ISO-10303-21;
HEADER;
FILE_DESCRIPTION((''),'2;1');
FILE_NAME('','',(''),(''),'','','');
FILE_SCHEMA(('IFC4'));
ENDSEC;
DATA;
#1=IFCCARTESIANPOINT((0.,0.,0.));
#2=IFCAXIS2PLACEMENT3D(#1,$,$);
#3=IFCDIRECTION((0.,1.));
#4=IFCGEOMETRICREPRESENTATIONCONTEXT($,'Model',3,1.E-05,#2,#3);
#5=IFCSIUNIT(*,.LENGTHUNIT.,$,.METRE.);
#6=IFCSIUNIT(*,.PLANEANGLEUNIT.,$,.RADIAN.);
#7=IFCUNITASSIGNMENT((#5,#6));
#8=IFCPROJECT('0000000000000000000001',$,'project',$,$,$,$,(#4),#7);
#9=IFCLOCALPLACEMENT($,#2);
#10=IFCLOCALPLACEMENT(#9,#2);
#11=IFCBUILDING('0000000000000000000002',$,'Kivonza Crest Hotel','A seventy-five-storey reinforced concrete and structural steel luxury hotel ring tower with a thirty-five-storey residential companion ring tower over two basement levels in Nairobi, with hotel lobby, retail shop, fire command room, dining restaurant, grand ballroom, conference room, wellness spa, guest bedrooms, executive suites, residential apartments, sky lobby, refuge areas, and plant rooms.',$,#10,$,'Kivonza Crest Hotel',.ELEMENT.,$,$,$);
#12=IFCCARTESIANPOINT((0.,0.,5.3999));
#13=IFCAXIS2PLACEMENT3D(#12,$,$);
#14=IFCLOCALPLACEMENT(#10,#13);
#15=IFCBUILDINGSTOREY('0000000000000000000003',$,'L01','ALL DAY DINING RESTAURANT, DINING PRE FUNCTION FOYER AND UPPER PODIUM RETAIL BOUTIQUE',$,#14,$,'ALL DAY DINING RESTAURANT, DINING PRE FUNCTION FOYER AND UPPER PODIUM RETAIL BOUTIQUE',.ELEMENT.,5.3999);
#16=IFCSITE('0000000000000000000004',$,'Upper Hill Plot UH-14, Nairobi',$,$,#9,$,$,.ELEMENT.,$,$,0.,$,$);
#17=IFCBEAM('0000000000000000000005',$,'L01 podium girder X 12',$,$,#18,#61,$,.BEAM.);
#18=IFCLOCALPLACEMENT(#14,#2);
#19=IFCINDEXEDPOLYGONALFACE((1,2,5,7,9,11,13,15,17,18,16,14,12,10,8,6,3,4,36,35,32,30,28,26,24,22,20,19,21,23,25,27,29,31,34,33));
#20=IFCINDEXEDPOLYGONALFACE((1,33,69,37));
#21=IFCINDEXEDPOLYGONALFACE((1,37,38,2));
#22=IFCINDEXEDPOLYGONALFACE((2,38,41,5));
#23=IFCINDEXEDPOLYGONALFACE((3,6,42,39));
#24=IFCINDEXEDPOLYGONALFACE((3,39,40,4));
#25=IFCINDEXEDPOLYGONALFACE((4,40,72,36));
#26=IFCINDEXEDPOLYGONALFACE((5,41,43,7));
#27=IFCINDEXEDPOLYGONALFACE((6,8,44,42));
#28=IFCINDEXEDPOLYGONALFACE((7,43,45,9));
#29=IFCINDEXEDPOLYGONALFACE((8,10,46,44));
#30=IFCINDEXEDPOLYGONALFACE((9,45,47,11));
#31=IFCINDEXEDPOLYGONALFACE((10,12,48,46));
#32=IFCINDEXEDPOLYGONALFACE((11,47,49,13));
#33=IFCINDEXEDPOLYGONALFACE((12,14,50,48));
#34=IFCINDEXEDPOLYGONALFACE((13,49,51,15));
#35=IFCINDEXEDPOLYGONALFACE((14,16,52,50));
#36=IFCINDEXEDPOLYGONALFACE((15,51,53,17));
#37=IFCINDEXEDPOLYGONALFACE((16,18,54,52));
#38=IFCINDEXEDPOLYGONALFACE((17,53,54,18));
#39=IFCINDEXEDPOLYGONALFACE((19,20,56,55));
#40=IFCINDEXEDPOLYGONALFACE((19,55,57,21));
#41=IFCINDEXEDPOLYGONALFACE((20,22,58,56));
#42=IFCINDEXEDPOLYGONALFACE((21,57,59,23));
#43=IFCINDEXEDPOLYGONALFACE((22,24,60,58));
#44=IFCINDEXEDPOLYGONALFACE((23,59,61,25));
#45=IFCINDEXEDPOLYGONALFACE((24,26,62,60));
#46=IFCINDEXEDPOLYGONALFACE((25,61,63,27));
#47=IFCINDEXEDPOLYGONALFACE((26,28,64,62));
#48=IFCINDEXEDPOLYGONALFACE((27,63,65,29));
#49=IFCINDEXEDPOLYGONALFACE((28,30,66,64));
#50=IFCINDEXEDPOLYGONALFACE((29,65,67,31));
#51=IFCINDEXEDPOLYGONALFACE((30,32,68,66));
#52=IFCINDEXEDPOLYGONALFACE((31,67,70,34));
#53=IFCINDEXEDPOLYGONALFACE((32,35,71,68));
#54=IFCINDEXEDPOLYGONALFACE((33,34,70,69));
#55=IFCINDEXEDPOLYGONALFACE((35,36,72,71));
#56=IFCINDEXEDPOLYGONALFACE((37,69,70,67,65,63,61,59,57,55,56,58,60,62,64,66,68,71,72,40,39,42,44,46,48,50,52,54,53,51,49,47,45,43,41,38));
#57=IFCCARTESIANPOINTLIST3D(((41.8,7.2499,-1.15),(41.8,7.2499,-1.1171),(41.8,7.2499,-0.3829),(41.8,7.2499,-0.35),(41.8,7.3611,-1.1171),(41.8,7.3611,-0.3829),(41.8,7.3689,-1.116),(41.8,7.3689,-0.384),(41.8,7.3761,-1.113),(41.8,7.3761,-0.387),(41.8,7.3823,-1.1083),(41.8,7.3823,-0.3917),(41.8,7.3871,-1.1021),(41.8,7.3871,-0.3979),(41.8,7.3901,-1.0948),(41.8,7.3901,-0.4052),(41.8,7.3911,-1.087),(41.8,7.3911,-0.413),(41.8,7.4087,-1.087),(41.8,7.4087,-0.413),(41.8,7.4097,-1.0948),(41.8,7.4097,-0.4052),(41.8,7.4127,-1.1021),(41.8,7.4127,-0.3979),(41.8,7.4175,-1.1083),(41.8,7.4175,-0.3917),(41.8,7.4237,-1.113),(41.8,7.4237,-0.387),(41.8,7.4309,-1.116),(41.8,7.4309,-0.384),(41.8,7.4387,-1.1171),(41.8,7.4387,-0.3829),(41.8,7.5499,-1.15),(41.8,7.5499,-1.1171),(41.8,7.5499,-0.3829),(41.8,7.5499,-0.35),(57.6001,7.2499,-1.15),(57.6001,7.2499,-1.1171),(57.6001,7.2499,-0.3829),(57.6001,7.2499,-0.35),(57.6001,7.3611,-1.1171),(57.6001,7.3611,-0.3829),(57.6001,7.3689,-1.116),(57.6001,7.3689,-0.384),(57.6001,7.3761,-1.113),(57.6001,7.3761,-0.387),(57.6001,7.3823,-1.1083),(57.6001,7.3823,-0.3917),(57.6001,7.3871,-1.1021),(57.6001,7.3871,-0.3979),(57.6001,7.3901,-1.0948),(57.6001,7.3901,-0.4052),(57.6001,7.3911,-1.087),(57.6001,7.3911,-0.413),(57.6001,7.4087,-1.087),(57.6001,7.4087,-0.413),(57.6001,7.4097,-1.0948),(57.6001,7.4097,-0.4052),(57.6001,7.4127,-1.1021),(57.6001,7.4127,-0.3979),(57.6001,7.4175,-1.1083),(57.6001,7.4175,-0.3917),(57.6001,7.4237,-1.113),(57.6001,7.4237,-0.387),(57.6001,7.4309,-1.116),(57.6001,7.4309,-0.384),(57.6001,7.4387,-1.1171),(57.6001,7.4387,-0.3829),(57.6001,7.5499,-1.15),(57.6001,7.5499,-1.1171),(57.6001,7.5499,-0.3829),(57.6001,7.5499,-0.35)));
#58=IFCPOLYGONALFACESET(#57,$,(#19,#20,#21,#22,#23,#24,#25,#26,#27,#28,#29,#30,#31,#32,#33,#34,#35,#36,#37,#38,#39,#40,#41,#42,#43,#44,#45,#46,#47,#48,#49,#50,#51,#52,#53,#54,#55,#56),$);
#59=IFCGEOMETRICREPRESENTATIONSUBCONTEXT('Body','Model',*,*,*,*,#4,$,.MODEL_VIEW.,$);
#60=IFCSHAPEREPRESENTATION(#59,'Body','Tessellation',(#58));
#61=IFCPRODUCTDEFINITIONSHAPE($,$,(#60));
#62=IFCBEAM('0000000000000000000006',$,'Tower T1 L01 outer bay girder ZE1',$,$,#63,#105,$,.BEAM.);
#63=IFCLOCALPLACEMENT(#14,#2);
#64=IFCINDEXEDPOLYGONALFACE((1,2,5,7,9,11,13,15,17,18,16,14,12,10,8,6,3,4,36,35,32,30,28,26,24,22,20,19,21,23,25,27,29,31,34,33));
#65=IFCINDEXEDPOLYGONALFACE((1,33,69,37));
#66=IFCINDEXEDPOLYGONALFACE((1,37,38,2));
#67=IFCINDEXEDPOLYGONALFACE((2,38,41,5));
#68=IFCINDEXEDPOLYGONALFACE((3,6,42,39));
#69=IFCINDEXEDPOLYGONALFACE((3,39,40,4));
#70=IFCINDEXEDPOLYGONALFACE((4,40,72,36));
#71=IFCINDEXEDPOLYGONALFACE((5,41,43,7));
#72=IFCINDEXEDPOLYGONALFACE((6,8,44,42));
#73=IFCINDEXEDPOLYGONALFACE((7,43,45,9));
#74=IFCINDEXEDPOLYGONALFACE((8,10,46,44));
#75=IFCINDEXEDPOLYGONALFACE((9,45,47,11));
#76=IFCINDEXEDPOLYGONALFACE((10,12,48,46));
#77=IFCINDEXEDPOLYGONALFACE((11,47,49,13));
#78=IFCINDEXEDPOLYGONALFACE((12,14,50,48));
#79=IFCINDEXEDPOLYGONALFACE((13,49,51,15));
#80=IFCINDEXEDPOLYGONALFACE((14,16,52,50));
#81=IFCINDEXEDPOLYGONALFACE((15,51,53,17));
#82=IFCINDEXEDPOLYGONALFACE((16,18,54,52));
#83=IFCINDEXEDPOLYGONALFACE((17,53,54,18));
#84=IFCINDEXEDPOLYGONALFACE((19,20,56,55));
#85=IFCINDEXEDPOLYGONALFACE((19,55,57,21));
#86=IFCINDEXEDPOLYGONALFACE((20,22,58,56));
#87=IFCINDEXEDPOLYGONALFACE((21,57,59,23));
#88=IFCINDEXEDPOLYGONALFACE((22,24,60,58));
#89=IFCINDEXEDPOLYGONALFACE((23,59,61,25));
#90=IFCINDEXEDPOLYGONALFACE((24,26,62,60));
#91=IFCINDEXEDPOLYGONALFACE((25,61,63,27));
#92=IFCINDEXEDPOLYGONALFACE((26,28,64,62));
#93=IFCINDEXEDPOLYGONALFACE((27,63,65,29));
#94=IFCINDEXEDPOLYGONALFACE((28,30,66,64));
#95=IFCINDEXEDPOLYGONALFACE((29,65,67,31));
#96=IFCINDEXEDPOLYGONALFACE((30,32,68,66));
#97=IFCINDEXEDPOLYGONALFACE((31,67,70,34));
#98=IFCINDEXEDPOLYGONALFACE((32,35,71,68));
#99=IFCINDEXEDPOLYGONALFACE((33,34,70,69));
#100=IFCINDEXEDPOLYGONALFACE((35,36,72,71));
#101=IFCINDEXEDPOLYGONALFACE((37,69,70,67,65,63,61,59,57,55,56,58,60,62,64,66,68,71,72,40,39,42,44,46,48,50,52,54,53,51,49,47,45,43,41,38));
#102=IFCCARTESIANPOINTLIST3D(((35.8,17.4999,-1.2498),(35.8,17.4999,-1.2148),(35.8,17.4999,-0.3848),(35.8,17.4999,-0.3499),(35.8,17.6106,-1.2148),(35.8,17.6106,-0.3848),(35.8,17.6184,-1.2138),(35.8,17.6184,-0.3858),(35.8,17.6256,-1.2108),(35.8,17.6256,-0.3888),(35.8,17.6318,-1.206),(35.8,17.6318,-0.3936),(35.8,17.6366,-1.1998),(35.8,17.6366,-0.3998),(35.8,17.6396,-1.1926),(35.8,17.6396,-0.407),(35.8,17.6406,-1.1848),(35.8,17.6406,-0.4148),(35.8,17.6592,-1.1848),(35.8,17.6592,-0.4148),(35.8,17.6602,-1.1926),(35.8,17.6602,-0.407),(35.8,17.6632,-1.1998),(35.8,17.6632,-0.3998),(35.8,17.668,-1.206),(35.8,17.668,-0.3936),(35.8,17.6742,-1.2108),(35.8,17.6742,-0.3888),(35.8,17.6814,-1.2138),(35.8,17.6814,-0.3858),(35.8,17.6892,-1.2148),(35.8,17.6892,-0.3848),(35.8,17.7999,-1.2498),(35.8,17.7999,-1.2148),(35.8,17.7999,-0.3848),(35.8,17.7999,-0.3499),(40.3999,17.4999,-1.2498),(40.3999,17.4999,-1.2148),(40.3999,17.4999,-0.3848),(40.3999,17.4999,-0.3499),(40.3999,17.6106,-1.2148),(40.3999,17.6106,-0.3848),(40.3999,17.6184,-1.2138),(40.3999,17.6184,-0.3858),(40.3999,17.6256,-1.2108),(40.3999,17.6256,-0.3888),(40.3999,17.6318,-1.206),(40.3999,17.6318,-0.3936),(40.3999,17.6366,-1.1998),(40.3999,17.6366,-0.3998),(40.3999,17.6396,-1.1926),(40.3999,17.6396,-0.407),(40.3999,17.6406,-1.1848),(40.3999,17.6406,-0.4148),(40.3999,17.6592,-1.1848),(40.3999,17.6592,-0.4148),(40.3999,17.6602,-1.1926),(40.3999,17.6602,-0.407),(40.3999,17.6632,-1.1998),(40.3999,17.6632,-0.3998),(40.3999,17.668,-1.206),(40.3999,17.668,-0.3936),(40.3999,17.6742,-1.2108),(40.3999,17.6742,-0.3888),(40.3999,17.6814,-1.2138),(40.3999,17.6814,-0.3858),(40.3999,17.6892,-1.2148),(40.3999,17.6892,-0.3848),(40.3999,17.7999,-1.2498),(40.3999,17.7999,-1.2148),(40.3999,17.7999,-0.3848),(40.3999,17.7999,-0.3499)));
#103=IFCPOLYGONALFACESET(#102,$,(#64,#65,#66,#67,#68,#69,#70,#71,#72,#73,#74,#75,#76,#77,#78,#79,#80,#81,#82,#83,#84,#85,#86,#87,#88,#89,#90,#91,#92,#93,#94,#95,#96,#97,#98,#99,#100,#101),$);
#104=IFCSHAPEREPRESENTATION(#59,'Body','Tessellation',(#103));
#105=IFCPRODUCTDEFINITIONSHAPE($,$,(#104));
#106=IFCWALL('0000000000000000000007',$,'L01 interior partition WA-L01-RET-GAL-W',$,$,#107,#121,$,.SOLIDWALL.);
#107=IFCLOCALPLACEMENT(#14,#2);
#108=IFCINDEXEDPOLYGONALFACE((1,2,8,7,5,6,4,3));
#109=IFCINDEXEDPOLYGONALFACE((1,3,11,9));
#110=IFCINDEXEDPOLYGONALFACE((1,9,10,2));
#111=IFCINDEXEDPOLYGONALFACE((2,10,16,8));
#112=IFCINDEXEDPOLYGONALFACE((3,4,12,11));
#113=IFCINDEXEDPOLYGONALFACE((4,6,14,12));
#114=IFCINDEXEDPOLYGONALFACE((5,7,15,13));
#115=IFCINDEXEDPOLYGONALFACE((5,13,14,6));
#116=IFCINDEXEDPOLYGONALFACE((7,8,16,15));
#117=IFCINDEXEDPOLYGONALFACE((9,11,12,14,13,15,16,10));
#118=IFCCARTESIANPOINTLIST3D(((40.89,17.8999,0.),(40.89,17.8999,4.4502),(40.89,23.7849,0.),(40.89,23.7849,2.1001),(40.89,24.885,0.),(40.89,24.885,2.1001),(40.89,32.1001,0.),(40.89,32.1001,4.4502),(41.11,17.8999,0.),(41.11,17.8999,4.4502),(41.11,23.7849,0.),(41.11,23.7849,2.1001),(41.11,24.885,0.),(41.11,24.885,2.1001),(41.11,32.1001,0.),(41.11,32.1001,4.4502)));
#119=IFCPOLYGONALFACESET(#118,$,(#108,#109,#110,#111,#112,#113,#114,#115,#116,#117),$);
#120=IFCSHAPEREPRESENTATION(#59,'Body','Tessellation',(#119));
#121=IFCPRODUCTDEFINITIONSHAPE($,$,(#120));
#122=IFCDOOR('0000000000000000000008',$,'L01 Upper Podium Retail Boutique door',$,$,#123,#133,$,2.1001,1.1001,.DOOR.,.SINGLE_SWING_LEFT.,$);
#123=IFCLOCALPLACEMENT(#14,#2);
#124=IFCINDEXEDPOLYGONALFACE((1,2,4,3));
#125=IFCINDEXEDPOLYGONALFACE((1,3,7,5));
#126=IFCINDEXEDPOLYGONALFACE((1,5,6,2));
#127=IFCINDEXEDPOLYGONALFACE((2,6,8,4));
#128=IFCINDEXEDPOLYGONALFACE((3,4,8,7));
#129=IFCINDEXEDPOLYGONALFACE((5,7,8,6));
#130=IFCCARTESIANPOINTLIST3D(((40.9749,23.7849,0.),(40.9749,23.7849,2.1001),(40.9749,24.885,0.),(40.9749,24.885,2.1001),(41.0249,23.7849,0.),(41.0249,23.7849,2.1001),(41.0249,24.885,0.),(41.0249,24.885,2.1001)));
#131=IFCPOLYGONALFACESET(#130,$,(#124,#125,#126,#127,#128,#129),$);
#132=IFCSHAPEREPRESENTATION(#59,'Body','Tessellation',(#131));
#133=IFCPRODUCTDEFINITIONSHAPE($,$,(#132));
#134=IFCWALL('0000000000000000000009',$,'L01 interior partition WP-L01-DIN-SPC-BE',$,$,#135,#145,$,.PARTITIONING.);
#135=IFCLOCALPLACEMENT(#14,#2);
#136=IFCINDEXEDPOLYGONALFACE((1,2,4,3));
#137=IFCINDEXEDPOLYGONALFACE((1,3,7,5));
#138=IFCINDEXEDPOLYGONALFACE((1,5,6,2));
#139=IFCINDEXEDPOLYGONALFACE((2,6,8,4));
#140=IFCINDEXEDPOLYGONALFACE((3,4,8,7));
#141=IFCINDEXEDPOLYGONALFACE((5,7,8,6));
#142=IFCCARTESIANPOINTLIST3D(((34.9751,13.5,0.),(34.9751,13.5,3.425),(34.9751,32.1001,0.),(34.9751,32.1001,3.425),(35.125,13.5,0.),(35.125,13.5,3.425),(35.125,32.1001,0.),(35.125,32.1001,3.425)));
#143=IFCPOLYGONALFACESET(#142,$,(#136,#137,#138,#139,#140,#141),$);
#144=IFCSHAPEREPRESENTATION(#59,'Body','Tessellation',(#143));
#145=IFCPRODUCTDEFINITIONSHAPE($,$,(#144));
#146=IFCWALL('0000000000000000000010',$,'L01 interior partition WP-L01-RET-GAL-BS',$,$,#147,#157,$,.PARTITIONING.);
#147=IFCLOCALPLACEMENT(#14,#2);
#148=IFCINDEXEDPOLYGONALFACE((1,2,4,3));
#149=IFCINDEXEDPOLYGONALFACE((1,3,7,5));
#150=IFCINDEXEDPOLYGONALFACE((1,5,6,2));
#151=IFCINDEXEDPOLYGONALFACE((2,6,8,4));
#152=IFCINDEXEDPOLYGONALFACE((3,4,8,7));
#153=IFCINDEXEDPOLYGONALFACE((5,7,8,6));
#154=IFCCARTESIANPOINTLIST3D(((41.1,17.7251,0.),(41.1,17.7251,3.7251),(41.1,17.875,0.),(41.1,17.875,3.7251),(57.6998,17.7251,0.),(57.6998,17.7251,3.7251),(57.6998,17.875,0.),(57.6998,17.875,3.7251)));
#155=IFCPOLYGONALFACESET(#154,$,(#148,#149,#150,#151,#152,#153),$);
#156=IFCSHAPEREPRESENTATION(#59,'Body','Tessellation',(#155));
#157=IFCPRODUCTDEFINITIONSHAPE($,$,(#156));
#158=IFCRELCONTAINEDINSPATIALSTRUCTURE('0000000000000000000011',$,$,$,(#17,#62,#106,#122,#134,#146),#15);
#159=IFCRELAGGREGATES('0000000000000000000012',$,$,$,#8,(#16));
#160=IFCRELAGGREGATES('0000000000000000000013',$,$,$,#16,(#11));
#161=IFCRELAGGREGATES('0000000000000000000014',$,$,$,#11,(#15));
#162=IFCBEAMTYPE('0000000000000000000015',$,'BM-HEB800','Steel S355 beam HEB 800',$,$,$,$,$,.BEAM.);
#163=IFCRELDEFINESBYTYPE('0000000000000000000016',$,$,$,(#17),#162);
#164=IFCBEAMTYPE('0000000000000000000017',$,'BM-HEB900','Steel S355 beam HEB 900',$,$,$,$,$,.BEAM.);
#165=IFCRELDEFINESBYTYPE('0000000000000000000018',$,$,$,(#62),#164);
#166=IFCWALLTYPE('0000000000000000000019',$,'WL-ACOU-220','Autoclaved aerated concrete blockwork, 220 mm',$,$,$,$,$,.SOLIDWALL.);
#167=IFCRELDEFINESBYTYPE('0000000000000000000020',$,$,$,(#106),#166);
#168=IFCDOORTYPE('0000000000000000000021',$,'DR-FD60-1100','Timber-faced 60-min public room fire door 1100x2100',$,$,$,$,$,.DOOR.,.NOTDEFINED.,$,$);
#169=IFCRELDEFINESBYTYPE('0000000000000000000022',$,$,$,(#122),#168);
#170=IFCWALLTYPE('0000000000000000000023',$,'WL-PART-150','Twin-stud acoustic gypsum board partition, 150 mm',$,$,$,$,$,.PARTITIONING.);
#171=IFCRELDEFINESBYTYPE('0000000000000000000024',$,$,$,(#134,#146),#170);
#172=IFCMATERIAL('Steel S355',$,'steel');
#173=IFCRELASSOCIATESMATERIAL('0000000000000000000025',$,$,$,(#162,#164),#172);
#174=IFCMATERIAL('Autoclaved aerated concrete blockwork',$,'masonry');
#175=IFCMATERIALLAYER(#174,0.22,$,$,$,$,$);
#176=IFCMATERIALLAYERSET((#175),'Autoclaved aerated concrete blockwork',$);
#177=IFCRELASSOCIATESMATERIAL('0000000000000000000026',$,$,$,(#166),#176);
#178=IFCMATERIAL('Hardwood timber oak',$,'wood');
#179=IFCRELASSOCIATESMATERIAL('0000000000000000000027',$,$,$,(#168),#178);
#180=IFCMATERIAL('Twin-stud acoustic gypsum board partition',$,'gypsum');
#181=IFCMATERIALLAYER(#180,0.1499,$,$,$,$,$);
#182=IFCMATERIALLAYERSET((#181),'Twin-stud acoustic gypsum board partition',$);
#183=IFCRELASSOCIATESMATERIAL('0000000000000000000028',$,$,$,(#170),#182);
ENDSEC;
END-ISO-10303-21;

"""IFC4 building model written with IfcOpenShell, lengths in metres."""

from ifc_helpers import new_model, si_unit, direction, frame, frame_2d, origin, origin_2d, place, context, subcontext, project, spatial, rectangle, i_section, extrude, material, layer, layer_set, material_profile, profile_set, type_object, element, fill, save


model = new_model("IFC4")

# Units and contexts
model_context = context("Model", 3, precision=1e-05, world=origin(), true_north=direction((0.0, 1.0)))
body_context = subcontext(model_context, "Body", "Model", "MODEL_VIEW")
ifc_project = project(units=[si_unit("LENGTHUNIT", "METRE"), si_unit("PLANEANGLEUNIT", "RADIAN")], contexts=[model_context])

# Site, building, storey
site_placement = place(None, origin())
site = spatial("IfcSite", under=ifc_project, at=site_placement, Name="Upper Hill Plot UH-14, Nairobi", CompositionType="ELEMENT", RefElevation=0.0)
building_placement = place(site_placement, origin())
building = spatial("IfcBuilding", under=site, at=building_placement, Name="Kivonza Crest Hotel", Description="A seventy-five-storey reinforced concrete and structural steel luxury hotel ring tower with a thirty-five-storey residential companion ring tower over two basement levels in Nairobi, with hotel lobby, retail shop, fire command room, dining restaurant, grand ballroom, conference room, wellness spa, guest bedrooms, executive suites, residential apartments, sky lobby, refuge areas, and plant rooms.", LongName="Kivonza Crest Hotel", CompositionType="ELEMENT")
storey_placement = place(building_placement, frame((0.0, 0.0, 5.3999)))
storey = spatial("IfcBuildingStorey", under=building, at=storey_placement, Name="L01", Description="ALL DAY DINING RESTAURANT, DINING PRE FUNCTION FOYER AND UPPER PODIUM RETAIL BOUTIQUE", LongName="ALL DAY DINING RESTAURANT, DINING PRE FUNCTION FOYER AND UPPER PODIUM RETAIL BOUTIQUE", CompositionType="ELEMENT", Elevation=5.3999)

# Beams
ifc_material_1 = material(Name="Steel S355", Category="steel")
ifc_material_profile_1 = material_profile(ifc_material_1, i_section(OverallWidth=0.3, OverallDepth=0.8, WebThickness=0.0176, FlangeThickness=0.033, FilletRadius=0.03, at=origin_2d()), Name="HEB 800")
ifc_profile_set_1 = profile_set([ifc_material_profile_1], Name="Steel S355")
beam_type_1 = type_object("IfcBeamType", Name="BM-HEB800", Description="Steel S355 beam HEB 800", PredefinedType="BEAM", material=ifc_profile_set_1)
for number, where, z_axis, x_axis, name in (
    (1, (41.8, 7.3999, -0.75), (1.0, 0.0, 0.0), (0.0, 1.0, 0.0), "L01 podium girder X 12"),
):
    element("IfcBeam", number, at=place(storey_placement, frame(where, z_axis=z_axis, x_axis=x_axis)), inside=storey, type_object=beam_type_1, Name=name, PredefinedType="BEAM", context=body_context, shape_type="SweptSolid", body=[
        extrude(i_section(OverallWidth=0.3, OverallDepth=0.8, WebThickness=0.0176, FlangeThickness=0.033, FilletRadius=0.03, at=origin_2d()), origin(), (0.0, 0.0, 1.0), 15.8),
    ])
ifc_material_profile_2 = material_profile(ifc_material_1, i_section(OverallWidth=0.3, OverallDepth=0.8999, WebThickness=0.0186, FlangeThickness=0.0349, FilletRadius=0.03, at=origin_2d()), Name="HEB 900")
ifc_profile_set_2 = profile_set([ifc_material_profile_2], Name="Steel S355")
beam_type_2 = type_object("IfcBeamType", Name="BM-HEB900", Description="Steel S355 beam HEB 900", PredefinedType="BEAM", material=ifc_profile_set_2)
beam_1_placement = place(storey_placement, frame((40.3999, 17.6499, -0.7998), z_axis=(-1.0, 0.0, 0.0), x_axis=(0.0, -1.0, 0.0)))
element("IfcBeam", 2, at=beam_1_placement, inside=storey, type_object=beam_type_2, Name="Tower T1 L01 outer bay girder ZE1", PredefinedType="BEAM", context=body_context, shape_type="SweptSolid", body=[
    extrude(i_section(OverallWidth=0.3, OverallDepth=0.8999, WebThickness=0.0186, FlangeThickness=0.0349, FilletRadius=0.03, at=origin_2d()), origin(), (0.0, 0.0, 1.0), 4.5999),
])

# Wall, opening, door
ifc_material_2 = material(Name="Autoclaved aerated concrete blockwork", Category="masonry")
ifc_layer_1 = layer(ifc_material_2, 0.22)
ifc_layer_set_1 = layer_set([ifc_layer_1], Name="Autoclaved aerated concrete blockwork")
wall_type_1 = type_object("IfcWallType", Name="WL-ACOU-220", Description="Autoclaved aerated concrete blockwork, 220 mm", PredefinedType="SOLIDWALL", material=ifc_layer_set_1)
wall_1_placement = place(storey_placement, frame((41.0, 17.8999, 0.0), z_axis=(0.0, 0.0, 1.0), x_axis=(0.0, 1.0, 0.0)))
wall_1 = element("IfcWall", 3, at=wall_1_placement, inside=storey, type_object=wall_type_1, Name="L01 interior partition WA-L01-RET-GAL-W", PredefinedType="SOLIDWALL", context=body_context, shape_type="SweptSolid", body=[
    extrude(rectangle(XDim=14.2002, YDim=0.22, at=frame_2d((7.1001, 0.0))), origin(), (0.0, 0.0, 1.0), 4.4502),
])
opening_placement = place(wall_1_placement, frame((5.885, 0.0, 0.0)))
opening = element("IfcOpeningElement", 4, at=opening_placement, cuts=wall_1, PredefinedType="OPENING", context=body_context, shape_type="SweptSolid", body=[
    extrude(rectangle(XDim=1.1001, YDim=2.1001, at=frame_2d((0.55, 1.05))), frame((0.0, 0.1201, 0.0), z_axis=(0.0, -1.0, 0.0), x_axis=(1.0, 0.0, 0.0)), (0.0, 0.0, 1.0), 0.24),
])
ifc_material_3 = material(Name="Hardwood timber oak", Category="wood")
door_type = type_object("IfcDoorType", Name="DR-FD60-1100", Description="Timber-faced 60-min public room fire door 1100x2100", OperationType="NOTDEFINED", PredefinedType="DOOR", material=ifc_material_3)
door_placement = place(opening_placement, frame((1.1001, 0.0, 0.0), z_axis=(0.0, 0.0, 1.0), x_axis=(-1.0, 0.0, 0.0)))
door = element("IfcDoor", 5, at=door_placement, inside=storey, type_object=door_type, Name="L01 Upper Podium Retail Boutique door", OperationType="SINGLE_SWING_LEFT", OverallHeight=2.1001, OverallWidth=1.1001, PredefinedType="DOOR", context=body_context, shape_type="SweptSolid", body=[
    extrude(rectangle(XDim=1.1001, YDim=2.1001, at=frame_2d((0.55, 1.05))), frame((0.0, 0.0249, 0.0), z_axis=(0.0, -1.0, 0.0), x_axis=(1.0, 0.0, 0.0)), (0.0, 0.0, 1.0), 0.05),
])
fill(opening, door)

# Walls
ifc_material_4 = material(Name="Twin-stud acoustic gypsum board partition", Category="gypsum")
ifc_layer_2 = layer(ifc_material_4, 0.1499)
ifc_layer_set_2 = layer_set([ifc_layer_2], Name="Twin-stud acoustic gypsum board partition")
wall_type_2 = type_object("IfcWallType", Name="WL-PART-150", Description="Twin-stud acoustic gypsum board partition, 150 mm", PredefinedType="PARTITIONING", material=ifc_layer_set_2)
wall_2_placement = place(storey_placement, frame((35.05, 13.5, 0.0), z_axis=(0.0, 0.0, 1.0), x_axis=(0.0, 1.0, 0.0)))
element("IfcWall", 6, at=wall_2_placement, inside=storey, type_object=wall_type_2, Name="L01 interior partition WP-L01-DIN-SPC-BE", PredefinedType="PARTITIONING", context=body_context, shape_type="SweptSolid", body=[
    extrude(rectangle(XDim=18.6001, YDim=0.1499, at=frame_2d((9.3, 0.0))), origin(), (0.0, 0.0, 1.0), 3.425),
])
wall_3_placement = place(storey_placement, frame((41.1001, 17.8, 0.0), z_axis=(0.0, 0.0, 1.0), x_axis=(1.0, 0.0, 0.0)))
element("IfcWall", 7, at=wall_3_placement, inside=storey, type_object=wall_type_2, Name="L01 interior partition WP-L01-RET-GAL-BS", PredefinedType="PARTITIONING", context=body_context, shape_type="SweptSolid", body=[
    extrude(rectangle(XDim=16.5999, YDim=0.1499, at=frame_2d((8.2998, 0.0))), origin(), (0.0, 0.0, 1.0), 3.7251),
])

save(model, "model.ifc")
